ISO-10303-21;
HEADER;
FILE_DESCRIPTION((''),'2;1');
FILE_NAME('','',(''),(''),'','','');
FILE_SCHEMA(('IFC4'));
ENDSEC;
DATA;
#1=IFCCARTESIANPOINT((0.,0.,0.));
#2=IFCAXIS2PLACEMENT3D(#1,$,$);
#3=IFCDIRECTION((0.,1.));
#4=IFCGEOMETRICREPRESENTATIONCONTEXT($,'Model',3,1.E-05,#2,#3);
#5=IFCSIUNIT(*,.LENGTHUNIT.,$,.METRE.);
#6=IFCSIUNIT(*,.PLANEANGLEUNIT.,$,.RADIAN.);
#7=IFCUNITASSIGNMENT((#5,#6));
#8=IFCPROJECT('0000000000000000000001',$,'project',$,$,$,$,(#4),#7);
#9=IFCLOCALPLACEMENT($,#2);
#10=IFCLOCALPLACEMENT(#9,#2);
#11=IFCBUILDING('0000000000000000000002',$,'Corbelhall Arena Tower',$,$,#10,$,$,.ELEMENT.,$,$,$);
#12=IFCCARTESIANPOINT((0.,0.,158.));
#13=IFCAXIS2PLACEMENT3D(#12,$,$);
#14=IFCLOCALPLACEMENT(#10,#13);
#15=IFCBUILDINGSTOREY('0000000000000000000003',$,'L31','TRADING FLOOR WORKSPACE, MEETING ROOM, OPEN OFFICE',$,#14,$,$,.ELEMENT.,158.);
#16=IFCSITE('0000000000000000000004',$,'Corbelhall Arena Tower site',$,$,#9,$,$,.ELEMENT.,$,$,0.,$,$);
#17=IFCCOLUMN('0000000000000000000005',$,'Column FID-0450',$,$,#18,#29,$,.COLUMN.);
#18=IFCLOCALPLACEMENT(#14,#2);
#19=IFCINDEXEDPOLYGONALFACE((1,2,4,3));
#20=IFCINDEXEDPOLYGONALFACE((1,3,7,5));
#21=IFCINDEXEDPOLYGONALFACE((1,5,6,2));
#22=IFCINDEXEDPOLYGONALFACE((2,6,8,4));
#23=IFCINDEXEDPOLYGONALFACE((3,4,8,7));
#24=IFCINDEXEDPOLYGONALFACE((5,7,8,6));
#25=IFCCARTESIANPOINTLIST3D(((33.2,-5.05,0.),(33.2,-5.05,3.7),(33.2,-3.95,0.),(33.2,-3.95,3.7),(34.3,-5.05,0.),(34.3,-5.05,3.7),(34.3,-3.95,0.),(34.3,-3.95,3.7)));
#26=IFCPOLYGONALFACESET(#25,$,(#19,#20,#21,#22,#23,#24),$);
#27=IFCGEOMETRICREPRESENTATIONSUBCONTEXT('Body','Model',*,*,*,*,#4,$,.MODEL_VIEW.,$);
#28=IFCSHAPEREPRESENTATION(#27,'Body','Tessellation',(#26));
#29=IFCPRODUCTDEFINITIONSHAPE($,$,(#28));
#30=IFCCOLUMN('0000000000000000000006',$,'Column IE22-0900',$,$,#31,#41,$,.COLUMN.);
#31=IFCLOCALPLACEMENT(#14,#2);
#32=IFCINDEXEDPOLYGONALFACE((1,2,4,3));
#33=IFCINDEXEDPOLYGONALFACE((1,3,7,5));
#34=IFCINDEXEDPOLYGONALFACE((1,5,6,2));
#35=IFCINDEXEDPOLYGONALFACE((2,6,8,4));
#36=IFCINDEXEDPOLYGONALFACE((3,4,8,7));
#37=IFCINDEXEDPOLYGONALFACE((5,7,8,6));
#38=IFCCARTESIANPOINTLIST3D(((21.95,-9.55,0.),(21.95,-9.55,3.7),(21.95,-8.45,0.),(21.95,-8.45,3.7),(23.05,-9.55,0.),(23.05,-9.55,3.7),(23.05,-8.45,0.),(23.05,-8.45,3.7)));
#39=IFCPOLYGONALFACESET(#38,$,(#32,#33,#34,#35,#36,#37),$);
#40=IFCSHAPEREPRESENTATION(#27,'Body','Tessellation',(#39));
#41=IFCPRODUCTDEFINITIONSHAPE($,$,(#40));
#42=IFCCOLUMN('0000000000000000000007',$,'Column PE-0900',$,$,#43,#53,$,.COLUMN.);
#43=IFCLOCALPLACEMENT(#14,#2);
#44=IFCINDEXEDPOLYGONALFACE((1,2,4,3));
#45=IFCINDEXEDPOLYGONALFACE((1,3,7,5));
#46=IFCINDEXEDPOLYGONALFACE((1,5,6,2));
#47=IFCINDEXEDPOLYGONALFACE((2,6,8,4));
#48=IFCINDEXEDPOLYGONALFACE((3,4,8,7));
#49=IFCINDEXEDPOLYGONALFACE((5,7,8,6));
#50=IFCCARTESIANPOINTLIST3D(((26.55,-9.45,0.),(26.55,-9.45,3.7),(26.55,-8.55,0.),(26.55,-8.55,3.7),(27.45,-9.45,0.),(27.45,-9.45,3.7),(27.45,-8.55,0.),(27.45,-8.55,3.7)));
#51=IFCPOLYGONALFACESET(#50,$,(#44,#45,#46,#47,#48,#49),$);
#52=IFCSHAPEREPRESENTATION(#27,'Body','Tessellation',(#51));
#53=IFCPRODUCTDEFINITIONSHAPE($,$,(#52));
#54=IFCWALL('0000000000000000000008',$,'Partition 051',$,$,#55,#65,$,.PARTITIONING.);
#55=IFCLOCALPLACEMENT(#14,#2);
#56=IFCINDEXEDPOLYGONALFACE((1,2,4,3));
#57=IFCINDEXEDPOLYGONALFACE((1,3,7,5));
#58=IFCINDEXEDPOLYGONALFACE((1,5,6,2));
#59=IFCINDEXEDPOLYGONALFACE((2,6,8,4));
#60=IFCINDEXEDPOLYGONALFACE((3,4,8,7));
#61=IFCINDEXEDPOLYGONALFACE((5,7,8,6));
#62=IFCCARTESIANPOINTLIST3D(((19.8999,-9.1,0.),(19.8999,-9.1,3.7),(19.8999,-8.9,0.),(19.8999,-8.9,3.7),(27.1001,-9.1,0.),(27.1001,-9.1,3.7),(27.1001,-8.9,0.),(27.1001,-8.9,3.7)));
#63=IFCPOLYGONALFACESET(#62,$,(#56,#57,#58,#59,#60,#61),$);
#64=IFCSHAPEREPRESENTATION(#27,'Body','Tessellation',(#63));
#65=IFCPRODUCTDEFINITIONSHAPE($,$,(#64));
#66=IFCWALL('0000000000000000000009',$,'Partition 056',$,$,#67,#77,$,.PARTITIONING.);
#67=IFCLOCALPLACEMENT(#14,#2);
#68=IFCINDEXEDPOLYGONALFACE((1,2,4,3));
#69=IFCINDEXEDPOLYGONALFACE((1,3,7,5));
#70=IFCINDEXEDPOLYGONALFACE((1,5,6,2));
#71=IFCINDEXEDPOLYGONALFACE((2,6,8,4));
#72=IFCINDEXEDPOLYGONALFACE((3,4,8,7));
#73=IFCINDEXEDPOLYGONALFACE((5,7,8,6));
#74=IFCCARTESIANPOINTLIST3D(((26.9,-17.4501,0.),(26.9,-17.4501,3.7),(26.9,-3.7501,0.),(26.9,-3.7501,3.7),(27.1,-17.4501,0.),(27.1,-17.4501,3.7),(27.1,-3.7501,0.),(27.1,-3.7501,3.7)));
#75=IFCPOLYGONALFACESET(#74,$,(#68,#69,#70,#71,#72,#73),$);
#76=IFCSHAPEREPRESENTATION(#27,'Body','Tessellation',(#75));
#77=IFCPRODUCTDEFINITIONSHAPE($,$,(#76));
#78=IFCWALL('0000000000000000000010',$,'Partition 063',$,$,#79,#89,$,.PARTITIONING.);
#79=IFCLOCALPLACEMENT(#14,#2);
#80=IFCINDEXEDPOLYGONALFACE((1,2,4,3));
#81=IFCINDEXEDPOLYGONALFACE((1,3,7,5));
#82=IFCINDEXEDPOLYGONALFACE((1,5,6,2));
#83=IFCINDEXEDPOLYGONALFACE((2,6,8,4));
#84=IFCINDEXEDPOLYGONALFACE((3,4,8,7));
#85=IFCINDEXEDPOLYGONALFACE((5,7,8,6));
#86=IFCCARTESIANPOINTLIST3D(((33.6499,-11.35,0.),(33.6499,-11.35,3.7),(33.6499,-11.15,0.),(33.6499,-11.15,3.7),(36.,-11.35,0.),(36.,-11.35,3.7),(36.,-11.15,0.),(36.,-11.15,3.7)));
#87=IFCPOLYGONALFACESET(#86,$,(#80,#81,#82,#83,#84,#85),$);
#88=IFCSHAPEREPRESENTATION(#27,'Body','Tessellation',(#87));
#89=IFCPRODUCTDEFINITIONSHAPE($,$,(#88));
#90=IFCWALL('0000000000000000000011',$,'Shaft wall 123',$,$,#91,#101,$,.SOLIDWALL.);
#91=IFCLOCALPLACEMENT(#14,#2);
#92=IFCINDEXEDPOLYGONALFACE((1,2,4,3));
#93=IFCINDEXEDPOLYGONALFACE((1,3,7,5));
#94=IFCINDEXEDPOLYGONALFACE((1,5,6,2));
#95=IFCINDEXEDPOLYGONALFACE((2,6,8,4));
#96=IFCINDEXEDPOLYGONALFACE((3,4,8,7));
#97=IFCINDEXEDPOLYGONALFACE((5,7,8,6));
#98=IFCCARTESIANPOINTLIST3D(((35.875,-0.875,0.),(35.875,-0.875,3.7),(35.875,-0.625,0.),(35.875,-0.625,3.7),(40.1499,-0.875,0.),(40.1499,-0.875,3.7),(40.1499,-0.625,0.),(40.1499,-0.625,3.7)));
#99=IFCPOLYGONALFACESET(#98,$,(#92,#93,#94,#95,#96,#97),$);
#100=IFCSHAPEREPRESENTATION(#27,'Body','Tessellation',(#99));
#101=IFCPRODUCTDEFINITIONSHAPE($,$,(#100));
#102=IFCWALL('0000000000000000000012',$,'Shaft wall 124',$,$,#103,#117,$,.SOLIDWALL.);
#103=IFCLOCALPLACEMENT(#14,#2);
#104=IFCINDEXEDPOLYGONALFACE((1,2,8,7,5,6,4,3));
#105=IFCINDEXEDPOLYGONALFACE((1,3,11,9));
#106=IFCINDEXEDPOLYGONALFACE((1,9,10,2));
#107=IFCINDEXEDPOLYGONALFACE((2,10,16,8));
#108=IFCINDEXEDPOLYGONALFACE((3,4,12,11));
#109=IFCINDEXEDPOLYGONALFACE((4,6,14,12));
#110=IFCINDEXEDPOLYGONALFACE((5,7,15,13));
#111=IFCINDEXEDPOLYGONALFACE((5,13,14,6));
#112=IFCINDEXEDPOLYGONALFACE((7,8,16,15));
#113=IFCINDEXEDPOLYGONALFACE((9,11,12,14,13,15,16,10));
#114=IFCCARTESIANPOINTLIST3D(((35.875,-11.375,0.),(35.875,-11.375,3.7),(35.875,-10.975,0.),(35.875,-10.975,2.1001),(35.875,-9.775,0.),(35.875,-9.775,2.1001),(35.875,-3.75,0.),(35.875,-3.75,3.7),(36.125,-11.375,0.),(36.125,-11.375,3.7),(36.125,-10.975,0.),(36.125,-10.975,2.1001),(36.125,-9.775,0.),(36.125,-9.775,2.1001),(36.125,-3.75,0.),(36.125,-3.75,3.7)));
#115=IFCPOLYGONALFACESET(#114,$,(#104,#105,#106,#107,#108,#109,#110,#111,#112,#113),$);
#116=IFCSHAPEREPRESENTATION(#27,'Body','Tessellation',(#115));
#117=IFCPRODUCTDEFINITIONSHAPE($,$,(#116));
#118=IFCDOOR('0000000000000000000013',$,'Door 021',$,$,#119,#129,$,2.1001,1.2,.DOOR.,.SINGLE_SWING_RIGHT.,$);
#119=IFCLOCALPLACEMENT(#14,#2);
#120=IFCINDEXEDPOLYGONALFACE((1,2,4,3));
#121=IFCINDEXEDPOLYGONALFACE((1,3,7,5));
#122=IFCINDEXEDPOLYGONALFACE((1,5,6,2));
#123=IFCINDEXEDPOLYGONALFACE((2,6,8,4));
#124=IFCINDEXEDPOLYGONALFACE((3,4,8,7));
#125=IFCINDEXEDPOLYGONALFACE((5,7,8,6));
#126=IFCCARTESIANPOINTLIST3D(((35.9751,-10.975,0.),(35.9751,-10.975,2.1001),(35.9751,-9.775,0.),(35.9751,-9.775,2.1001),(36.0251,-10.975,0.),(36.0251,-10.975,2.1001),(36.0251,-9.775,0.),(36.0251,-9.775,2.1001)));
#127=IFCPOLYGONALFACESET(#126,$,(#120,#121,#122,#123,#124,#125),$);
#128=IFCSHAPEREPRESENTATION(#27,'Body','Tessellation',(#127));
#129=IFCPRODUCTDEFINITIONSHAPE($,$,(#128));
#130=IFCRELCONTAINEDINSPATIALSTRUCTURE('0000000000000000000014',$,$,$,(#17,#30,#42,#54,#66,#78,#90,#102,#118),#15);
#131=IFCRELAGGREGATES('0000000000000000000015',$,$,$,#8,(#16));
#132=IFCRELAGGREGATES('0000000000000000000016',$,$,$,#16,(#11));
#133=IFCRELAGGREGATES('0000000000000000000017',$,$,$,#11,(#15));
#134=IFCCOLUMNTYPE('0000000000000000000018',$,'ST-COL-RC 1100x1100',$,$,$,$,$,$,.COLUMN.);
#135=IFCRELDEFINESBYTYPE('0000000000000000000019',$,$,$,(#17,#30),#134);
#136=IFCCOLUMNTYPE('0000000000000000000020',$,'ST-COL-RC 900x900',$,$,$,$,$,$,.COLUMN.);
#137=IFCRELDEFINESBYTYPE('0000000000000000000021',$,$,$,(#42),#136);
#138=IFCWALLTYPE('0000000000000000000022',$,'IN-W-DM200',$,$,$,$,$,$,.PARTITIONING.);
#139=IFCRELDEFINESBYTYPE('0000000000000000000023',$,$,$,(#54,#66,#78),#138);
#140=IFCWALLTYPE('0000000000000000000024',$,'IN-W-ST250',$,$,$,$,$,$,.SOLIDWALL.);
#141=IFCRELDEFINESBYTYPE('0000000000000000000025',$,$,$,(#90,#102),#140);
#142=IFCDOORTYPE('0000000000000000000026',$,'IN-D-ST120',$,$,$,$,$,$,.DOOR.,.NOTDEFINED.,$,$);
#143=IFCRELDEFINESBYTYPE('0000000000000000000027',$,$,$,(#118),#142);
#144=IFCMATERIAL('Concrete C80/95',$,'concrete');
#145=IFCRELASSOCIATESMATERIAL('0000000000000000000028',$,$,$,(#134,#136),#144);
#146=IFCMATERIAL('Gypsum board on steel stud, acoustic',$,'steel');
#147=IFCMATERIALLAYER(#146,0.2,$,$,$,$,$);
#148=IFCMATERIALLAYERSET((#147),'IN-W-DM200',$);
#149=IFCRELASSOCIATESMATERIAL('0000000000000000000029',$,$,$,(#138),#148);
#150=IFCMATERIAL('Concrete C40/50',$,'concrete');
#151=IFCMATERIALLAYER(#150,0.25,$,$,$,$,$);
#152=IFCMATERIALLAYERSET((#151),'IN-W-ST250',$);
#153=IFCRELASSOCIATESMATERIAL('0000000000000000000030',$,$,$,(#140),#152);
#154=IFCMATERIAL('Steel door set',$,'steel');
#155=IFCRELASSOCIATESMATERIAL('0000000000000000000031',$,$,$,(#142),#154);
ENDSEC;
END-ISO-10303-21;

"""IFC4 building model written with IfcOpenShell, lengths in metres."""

from ifc_helpers import new_model, si_unit, direction, frame, frame_2d, origin, origin_2d, place, context, subcontext, project, spatial, rectangle, extrude, material, layer, layer_set, material_profile, profile_set, type_object, element, fill, save


model = new_model("IFC4")

# Units and contexts
model_context = context("Model", 3, precision=1e-05, world=origin(), true_north=direction((0.0, 1.0)))
body_context = subcontext(model_context, "Body", "Model", "MODEL_VIEW")
ifc_project = project(units=[si_unit("LENGTHUNIT", "METRE"), si_unit("PLANEANGLEUNIT", "RADIAN")], contexts=[model_context])

# Site, building, storey
site_placement = place(None, origin())
site = spatial("IfcSite", under=ifc_project, at=site_placement, Name="Corbelhall Arena Tower site", CompositionType="ELEMENT", RefElevation=0.0)
building_placement = place(site_placement, origin())
building = spatial("IfcBuilding", under=site, at=building_placement, Name="Corbelhall Arena Tower", CompositionType="ELEMENT")
storey_placement = place(building_placement, frame((0.0, 0.0, 158.0)))
storey = spatial("IfcBuildingStorey", under=building, at=storey_placement, Name="L31", Description="TRADING FLOOR WORKSPACE, MEETING ROOM, OPEN OFFICE", CompositionType="ELEMENT", Elevation=158.0)

# Columns
ifc_material_1 = material(Name="Concrete C80/95", Category="concrete")
ifc_material_profile_1 = material_profile(ifc_material_1, rectangle(XDim=1.1001, YDim=1.1001, at=origin_2d()))
ifc_profile_set_1 = profile_set([ifc_material_profile_1], Name="Concrete C80/95")
column_type_1 = type_object("IfcColumnType", Name="ST-COL-RC 1100x1100", PredefinedType="COLUMN", material=ifc_profile_set_1)
for number, where, z_axis, x_axis, name in (
    (1, (33.75, -4.5, 0.0), (0.0, 0.0, 1.0), (1.0, 0.0, 0.0), "Column FID-0450"),
    (2, (22.5, -9.0, 0.0), (0.0, 0.0, 1.0), (1.0, 0.0, 0.0), "Column IE22-0900"),
):
    element("IfcColumn", number, at=place(storey_placement, frame(where, z_axis=z_axis, x_axis=x_axis)), inside=storey, type_object=column_type_1, Name=name, PredefinedType="COLUMN", context=body_context, shape_type="SweptSolid", body=[
        extrude(rectangle(XDim=1.1001, YDim=1.1001, at=origin_2d()), origin(), (0.0, 0.0, 1.0), 3.7),
    ])
ifc_material_profile_2 = material_profile(ifc_material_1, rectangle(XDim=0.8999, YDim=0.8999, at=origin_2d()))
ifc_profile_set_2 = profile_set([ifc_material_profile_2], Name="Concrete C80/95")
column_type_2 = type_object("IfcColumnType", Name="ST-COL-RC 900x900", PredefinedType="COLUMN", material=ifc_profile_set_2)
column_placement = place(storey_placement, frame((27.0, -9.0, 0.0), z_axis=(0.0, 0.0, 1.0), x_axis=(1.0, 0.0, 0.0)))
element("IfcColumn", 3, at=column_placement, inside=storey, type_object=column_type_2, Name="Column PE-0900", PredefinedType="COLUMN", context=body_context, shape_type="SweptSolid", body=[
    extrude(rectangle(XDim=0.8999, YDim=0.8999, at=origin_2d()), origin(), (0.0, 0.0, 1.0), 3.7),
])

# Shared definitions
ifc_material_2 = material(Name="Gypsum board on steel stud, acoustic", Category="steel")
ifc_layer_1 = layer(ifc_material_2, 0.2)
ifc_layer_set_1 = layer_set([ifc_layer_1], Name="IN-W-DM200")
wall_type_1 = type_object("IfcWallType", Name="IN-W-DM200", PredefinedType="PARTITIONING", material=ifc_layer_set_1)
ifc_material_3 = material(Name="Steel door set", Category="steel")

# Wall
wall_1_placement = place(storey_placement, frame((19.8999, -9.0, 0.0), z_axis=(0.0, 0.0, 1.0), x_axis=(1.0, 0.0, 0.0)))
element("IfcWall", 4, at=wall_1_placement, inside=storey, type_object=wall_type_1, Name="Partition 051", PredefinedType="PARTITIONING", context=body_context, shape_type="SweptSolid", body=[
    extrude(rectangle(XDim=7.2002, YDim=0.2, at=frame_2d((3.6001, 0.0))), origin(), (0.0, 0.0, 1.0), 3.7),
])

# Wall
wall_2_placement = place(storey_placement, frame((27.0, -3.75, 0.0), z_axis=(0.0, 0.0, 1.0), x_axis=(0.0, -1.0, 0.0)))
element("IfcWall", 5, at=wall_2_placement, inside=storey, type_object=wall_type_1, Name="Partition 056", PredefinedType="PARTITIONING", context=body_context, shape_type="SweptSolid", body=[
    extrude(rectangle(XDim=13.7, YDim=0.2, at=frame_2d((6.8501, 0.0))), origin(), (0.0, 0.0, 1.0), 3.7),
])

# Walls
wall_3_placement = place(storey_placement, frame((36.0, -11.25, 0.0), z_axis=(0.0, 0.0, 1.0), x_axis=(-1.0, 0.0, 0.0)))
element("IfcWall", 6, at=wall_3_placement, inside=storey, type_object=wall_type_1, Name="Partition 063", PredefinedType="PARTITIONING", context=body_context, shape_type="SweptSolid", body=[
    extrude(rectangle(XDim=2.3501, YDim=0.2, at=frame_2d((1.175, 0.0))), origin(), (0.0, 0.0, 1.0), 3.7),
])
ifc_material_4 = material(Name="Concrete C40/50", Category="concrete")
ifc_layer_2 = layer(ifc_material_4, 0.25)
ifc_layer_set_2 = layer_set([ifc_layer_2], Name="IN-W-ST250")
wall_type_2 = type_object("IfcWallType", Name="IN-W-ST250", PredefinedType="SOLIDWALL", material=ifc_layer_set_2)
wall_4_placement = place(storey_placement, frame((35.875, -0.75, 0.0), z_axis=(0.0, 0.0, 1.0), x_axis=(1.0, 0.0, 0.0)))
element("IfcWall", 7, at=wall_4_placement, inside=storey, type_object=wall_type_2, Name="Shaft wall 123", PredefinedType="SOLIDWALL", context=body_context, shape_type="SweptSolid", body=[
    extrude(rectangle(XDim=4.2749, YDim=0.25, at=frame_2d((2.1375, 0.0))), origin(), (0.0, 0.0, 1.0), 3.7),
])

# Wall, opening, door
wall_5_placement = place(storey_placement, frame((36.0, -11.375, 0.0), z_axis=(0.0, 0.0, 1.0), x_axis=(0.0, 1.0, 0.0)))
wall_5 = element("IfcWall", 8, at=wall_5_placement, inside=storey, type_object=wall_type_2, Name="Shaft wall 124", PredefinedType="SOLIDWALL", context=body_context, shape_type="SweptSolid", body=[
    extrude(rectangle(XDim=7.625, YDim=0.25, at=frame_2d((3.8125, 0.0))), origin(), (0.0, 0.0, 1.0), 3.7),
])
opening_1_placement = place(wall_5_placement, frame((0.3999, 0.0, 0.0)))
opening_1 = element("IfcOpeningElement", 9, at=opening_1_placement, cuts=wall_5, PredefinedType="OPENING", context=body_context, shape_type="SweptSolid", body=[
    extrude(rectangle(XDim=1.2, YDim=2.1001, at=frame_2d((0.6001, 1.05))), frame((0.0, 0.125, 0.0), z_axis=(0.0, -1.0, 0.0), x_axis=(1.0, 0.0, 0.0)), (0.0, 0.0, 1.0), 0.25),
])
door_type_1 = type_object("IfcDoorType", Name="IN-D-ST120", OperationType="NOTDEFINED", PredefinedType="DOOR", material=ifc_material_3)
door_1_placement = place(opening_1_placement, origin())
door_1 = element("IfcDoor", 10, at=door_1_placement, inside=storey, type_object=door_type_1, Name="Door 021", OperationType="SINGLE_SWING_RIGHT", OverallHeight=2.1001, OverallWidth=1.2, PredefinedType="DOOR", context=body_context, shape_type="SweptSolid", body=[
    extrude(rectangle(XDim=1.2, YDim=2.1001, at=frame_2d((0.6001, 1.05))), frame((0.0, 0.0249, 0.0), z_axis=(0.0, -1.0, 0.0), x_axis=(1.0, 0.0, 0.0)), (0.0, 0.0, 1.0), 0.05),
])
fill(opening_1, door_1)

save(model, "model.ifc")
